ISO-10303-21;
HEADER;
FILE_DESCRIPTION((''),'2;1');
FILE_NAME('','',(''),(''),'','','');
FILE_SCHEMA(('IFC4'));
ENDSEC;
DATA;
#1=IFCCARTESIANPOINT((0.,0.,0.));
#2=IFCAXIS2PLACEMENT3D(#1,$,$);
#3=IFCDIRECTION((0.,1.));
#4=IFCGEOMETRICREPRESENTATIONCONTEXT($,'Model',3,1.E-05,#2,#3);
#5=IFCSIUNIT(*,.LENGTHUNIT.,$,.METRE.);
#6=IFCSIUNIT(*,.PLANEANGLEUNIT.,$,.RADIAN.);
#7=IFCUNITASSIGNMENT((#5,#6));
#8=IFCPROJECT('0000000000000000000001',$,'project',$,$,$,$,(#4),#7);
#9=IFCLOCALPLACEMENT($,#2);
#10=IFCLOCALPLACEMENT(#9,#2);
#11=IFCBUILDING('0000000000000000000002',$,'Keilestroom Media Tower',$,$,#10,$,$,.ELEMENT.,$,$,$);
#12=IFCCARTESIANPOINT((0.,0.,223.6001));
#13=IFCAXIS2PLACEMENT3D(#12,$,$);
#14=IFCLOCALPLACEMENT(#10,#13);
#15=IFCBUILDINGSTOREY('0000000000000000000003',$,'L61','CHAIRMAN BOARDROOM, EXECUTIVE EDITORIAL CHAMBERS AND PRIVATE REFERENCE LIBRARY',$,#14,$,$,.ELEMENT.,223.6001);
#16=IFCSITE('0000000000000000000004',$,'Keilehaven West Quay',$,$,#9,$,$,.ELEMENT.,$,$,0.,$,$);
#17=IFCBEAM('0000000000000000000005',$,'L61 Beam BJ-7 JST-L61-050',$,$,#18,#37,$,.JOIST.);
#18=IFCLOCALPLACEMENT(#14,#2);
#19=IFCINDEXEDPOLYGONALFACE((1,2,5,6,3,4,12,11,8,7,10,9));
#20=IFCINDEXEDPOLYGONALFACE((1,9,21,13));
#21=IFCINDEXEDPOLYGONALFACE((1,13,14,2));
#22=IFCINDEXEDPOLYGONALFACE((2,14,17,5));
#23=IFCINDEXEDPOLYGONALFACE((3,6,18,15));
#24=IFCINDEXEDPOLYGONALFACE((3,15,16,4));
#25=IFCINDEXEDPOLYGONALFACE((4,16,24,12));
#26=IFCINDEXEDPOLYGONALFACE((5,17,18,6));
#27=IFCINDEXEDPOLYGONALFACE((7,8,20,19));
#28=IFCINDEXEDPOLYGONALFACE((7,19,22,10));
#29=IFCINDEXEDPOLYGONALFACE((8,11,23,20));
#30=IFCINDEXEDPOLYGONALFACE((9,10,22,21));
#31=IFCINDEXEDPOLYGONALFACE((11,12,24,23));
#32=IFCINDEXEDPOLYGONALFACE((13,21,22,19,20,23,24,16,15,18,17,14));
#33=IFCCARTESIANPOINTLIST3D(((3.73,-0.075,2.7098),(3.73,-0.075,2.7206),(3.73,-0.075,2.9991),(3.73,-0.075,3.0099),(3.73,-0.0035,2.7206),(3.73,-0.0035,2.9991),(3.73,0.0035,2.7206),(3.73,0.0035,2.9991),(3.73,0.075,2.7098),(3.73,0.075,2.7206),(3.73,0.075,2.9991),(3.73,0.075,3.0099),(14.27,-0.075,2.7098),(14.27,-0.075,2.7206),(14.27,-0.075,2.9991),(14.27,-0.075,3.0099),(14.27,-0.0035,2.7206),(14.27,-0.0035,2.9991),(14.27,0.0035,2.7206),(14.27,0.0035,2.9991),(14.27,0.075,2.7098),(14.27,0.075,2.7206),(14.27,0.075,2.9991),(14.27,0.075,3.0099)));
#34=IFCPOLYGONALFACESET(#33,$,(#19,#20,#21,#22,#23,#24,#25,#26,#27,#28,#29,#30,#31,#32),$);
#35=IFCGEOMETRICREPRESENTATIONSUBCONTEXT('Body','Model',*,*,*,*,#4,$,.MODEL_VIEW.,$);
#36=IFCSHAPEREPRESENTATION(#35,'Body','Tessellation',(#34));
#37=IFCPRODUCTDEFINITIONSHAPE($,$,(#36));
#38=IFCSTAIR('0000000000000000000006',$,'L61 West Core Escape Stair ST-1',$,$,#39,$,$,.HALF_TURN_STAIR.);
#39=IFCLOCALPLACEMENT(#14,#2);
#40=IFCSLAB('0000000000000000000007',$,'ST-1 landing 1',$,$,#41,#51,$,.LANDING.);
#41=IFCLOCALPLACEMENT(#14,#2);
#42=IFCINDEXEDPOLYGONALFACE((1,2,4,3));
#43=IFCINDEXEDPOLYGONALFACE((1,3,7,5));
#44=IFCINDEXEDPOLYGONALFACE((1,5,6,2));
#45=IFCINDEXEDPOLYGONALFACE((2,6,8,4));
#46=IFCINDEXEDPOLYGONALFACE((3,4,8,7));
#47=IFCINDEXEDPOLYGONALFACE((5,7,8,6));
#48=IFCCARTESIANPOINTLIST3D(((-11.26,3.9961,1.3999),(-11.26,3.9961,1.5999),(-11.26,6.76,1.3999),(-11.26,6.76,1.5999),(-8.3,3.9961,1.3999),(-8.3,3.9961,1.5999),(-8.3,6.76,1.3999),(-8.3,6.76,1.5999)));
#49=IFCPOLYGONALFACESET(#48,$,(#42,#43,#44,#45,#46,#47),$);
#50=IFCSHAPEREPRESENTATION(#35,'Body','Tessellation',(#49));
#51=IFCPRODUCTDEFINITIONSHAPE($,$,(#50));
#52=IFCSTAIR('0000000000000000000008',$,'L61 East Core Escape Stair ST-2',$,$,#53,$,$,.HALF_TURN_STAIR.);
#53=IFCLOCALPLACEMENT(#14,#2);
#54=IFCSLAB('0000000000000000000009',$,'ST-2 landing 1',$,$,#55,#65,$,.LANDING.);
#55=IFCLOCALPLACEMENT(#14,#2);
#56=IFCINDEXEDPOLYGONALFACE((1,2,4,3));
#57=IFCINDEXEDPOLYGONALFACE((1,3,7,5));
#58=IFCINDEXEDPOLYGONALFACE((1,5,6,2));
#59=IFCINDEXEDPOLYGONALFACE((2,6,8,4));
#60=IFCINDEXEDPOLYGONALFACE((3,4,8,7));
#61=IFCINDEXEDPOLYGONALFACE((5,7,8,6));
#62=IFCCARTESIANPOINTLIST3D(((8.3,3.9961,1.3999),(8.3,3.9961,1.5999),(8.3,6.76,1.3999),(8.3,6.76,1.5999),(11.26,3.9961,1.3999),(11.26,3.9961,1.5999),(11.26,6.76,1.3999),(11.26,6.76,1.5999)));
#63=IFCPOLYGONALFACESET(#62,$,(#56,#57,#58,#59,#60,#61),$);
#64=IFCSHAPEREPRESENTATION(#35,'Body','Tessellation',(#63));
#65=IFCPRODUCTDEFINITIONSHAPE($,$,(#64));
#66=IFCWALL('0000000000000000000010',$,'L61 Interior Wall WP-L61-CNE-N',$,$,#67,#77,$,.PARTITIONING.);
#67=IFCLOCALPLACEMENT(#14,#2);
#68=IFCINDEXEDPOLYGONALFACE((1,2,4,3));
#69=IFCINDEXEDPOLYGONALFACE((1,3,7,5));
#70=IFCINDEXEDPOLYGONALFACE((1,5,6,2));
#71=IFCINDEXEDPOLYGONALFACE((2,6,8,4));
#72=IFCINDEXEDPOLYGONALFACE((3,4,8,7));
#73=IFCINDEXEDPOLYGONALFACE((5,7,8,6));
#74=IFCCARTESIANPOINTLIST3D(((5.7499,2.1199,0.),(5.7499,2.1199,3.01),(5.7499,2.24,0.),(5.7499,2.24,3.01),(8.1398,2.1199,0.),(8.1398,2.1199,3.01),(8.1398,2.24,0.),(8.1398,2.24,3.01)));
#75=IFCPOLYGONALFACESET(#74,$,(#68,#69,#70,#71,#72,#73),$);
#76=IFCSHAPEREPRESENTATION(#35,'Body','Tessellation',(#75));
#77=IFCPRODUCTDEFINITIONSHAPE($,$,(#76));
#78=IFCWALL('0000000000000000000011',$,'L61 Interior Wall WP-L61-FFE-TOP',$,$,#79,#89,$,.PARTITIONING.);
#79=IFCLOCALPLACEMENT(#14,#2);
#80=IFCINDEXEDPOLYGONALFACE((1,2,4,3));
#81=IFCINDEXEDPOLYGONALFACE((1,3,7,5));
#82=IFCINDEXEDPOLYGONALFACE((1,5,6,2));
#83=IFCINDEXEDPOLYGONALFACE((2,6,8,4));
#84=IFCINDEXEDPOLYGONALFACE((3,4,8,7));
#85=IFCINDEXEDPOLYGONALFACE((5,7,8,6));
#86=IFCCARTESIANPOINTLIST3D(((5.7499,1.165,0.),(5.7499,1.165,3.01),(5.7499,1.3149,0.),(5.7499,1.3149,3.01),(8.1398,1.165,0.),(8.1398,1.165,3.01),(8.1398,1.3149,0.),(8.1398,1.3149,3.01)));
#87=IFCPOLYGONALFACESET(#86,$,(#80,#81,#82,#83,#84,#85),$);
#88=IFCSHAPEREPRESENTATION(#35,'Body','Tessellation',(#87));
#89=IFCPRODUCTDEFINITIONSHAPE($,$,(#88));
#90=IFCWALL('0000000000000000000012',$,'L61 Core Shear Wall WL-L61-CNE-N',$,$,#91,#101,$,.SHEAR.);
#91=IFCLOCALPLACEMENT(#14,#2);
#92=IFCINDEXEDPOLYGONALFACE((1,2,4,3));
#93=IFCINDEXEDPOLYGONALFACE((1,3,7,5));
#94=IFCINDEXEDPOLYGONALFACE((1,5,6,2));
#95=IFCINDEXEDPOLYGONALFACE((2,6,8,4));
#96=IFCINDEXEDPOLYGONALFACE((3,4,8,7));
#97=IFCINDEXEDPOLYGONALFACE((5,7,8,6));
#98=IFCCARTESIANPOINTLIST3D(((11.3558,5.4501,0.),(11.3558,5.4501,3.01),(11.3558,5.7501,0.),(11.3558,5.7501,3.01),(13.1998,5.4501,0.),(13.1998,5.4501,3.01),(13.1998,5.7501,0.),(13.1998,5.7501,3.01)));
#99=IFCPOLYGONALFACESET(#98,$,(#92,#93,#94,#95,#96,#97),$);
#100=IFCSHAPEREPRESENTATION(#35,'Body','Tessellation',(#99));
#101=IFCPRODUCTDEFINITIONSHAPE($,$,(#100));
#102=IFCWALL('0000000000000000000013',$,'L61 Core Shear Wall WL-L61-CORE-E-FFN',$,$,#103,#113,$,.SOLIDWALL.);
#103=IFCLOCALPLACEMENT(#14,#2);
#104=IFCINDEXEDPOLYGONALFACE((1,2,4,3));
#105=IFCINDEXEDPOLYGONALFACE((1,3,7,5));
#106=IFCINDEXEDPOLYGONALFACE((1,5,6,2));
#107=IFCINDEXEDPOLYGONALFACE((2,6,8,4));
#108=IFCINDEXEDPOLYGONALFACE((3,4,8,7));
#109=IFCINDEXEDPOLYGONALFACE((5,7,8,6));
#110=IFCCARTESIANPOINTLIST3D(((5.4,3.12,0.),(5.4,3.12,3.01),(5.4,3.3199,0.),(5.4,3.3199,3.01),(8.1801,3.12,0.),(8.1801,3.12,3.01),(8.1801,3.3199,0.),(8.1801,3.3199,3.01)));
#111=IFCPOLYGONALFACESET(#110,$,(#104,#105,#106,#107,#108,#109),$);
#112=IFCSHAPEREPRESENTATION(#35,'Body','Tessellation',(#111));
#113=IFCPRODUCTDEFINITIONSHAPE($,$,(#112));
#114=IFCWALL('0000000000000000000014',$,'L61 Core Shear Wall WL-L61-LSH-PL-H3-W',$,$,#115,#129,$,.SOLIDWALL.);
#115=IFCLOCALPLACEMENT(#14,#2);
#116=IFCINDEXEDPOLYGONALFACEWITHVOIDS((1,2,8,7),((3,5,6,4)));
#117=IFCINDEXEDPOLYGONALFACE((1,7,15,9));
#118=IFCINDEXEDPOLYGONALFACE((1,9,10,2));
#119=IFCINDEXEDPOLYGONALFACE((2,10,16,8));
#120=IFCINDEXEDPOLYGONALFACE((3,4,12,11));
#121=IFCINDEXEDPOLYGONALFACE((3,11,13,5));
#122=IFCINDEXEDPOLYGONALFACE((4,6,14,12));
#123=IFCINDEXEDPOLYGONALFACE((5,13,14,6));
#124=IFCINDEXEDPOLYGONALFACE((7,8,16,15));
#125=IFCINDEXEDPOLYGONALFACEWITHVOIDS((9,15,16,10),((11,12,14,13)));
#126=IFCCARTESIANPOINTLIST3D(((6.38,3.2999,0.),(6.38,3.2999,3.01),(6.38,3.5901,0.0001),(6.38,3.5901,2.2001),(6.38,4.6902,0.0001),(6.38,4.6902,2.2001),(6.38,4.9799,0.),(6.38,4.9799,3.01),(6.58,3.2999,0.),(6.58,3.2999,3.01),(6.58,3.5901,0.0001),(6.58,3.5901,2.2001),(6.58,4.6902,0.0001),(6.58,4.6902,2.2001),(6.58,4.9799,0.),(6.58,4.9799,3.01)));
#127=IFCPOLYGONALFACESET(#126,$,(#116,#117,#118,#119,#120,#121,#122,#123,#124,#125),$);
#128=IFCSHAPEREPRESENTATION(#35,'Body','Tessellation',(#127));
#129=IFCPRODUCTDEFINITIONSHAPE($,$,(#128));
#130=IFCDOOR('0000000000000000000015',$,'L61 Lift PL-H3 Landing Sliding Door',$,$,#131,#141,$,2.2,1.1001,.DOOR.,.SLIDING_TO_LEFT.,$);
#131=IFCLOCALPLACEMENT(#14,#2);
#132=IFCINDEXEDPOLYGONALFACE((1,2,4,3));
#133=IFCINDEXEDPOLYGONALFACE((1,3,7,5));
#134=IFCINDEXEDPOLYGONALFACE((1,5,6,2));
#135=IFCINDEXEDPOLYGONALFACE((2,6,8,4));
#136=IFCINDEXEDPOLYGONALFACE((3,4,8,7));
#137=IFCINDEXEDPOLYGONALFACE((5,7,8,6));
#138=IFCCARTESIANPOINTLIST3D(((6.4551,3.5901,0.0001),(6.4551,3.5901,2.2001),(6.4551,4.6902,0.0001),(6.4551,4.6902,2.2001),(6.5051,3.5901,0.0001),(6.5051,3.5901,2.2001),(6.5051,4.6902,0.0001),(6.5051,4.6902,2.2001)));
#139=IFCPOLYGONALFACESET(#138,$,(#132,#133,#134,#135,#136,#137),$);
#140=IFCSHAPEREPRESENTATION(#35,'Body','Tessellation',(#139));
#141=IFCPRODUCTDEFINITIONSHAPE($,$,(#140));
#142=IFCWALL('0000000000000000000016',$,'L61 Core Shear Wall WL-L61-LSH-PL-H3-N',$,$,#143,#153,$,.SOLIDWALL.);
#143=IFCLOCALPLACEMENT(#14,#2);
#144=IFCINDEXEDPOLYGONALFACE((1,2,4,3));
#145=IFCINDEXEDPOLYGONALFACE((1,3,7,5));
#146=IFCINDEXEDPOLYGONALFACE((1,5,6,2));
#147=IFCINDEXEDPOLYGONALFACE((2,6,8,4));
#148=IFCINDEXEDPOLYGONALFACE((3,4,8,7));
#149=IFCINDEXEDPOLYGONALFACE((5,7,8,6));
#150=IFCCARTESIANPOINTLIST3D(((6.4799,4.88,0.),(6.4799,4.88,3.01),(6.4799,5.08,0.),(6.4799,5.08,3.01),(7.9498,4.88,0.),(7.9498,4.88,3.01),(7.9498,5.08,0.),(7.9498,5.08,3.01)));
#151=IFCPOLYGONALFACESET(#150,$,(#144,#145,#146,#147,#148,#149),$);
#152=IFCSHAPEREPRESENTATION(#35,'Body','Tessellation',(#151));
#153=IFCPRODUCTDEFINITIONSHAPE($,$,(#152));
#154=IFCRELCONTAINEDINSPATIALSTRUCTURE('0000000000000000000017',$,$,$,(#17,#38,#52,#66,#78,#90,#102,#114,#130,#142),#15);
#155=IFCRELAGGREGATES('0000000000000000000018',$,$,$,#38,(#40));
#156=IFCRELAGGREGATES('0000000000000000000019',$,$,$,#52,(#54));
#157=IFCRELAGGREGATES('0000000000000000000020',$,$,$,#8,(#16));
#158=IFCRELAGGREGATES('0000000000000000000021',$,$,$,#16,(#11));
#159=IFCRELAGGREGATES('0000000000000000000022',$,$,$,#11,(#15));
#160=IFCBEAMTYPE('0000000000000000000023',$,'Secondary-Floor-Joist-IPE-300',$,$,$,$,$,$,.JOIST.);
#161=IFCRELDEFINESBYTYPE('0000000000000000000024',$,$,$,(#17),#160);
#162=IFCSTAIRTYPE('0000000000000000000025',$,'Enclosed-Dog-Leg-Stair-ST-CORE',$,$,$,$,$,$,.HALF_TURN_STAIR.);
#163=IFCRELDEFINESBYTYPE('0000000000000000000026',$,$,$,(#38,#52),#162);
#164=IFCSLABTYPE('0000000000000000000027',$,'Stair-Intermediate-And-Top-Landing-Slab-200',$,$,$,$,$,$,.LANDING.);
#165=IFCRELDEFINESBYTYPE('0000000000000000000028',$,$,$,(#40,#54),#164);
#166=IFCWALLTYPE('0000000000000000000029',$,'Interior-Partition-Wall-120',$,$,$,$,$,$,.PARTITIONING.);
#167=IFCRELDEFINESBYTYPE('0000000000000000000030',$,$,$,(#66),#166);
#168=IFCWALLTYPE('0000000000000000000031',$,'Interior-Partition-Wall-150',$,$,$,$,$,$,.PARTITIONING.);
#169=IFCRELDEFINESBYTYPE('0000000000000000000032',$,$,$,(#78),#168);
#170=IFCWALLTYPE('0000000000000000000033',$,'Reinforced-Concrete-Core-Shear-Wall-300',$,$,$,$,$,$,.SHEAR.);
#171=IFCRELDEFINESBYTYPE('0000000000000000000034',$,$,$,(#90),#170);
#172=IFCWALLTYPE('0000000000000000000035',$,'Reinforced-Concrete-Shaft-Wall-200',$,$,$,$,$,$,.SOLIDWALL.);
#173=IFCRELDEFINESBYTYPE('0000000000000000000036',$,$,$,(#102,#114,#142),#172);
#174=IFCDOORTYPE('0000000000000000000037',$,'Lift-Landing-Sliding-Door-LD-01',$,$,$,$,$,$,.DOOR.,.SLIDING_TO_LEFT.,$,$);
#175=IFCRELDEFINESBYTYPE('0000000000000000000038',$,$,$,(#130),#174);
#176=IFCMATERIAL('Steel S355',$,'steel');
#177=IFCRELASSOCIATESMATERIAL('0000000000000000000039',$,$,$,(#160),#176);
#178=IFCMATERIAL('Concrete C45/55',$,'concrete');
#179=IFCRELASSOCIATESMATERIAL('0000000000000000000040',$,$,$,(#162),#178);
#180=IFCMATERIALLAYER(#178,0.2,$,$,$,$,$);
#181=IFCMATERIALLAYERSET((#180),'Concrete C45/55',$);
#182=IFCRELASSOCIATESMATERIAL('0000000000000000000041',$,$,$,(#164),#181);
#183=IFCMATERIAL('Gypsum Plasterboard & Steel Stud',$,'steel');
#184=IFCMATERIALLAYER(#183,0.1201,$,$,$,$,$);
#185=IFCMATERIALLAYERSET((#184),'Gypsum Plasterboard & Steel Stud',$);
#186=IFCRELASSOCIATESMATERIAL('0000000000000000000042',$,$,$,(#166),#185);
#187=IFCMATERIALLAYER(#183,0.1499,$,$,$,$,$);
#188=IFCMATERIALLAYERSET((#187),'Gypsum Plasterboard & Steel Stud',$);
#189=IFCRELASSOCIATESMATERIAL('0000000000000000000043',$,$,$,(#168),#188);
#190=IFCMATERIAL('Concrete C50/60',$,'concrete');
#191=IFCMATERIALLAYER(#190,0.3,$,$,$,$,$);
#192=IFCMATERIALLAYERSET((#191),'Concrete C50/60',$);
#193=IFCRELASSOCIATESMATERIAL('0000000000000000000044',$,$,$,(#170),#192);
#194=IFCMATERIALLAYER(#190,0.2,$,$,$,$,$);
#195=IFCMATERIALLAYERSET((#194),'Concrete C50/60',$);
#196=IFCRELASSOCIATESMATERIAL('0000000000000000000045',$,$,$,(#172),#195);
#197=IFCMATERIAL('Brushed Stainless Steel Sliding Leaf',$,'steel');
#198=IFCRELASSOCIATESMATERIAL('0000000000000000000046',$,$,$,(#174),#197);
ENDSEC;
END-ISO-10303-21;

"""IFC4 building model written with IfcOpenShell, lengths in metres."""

from ifc_helpers import new_model, si_unit, direction, frame, frame_2d, origin, origin_2d, place, context, subcontext, project, spatial, polyline, rectangle, i_section, outline, extrude, source, transform, mapped, material, layer, layer_set, material_profile, profile_set, type_object, element, fill, aggregate, save


model = new_model("IFC4")

# Units and contexts
model_context = context("Model", 3, precision=1e-05, world=origin(), true_north=direction((0.0, 1.0)))
body_context = subcontext(model_context, "Body", "Model", "MODEL_VIEW")
ifc_project = project(units=[si_unit("LENGTHUNIT", "METRE"), si_unit("PLANEANGLEUNIT", "RADIAN")], contexts=[model_context])

# Site, building, storey
site_placement = place(None, origin())
site = spatial("IfcSite", under=ifc_project, at=site_placement, Name="Keilehaven West Quay", CompositionType="ELEMENT", RefElevation=0.0)
building_placement = place(site_placement, origin())
building = spatial("IfcBuilding", under=site, at=building_placement, Name="Keilestroom Media Tower", CompositionType="ELEMENT")
storey_placement = place(building_placement, frame((0.0, 0.0, 223.6001)))
storey = spatial("IfcBuildingStorey", under=building, at=storey_placement, Name="L61", Description="CHAIRMAN BOARDROOM, EXECUTIVE EDITORIAL CHAMBERS AND PRIVATE REFERENCE LIBRARY", CompositionType="ELEMENT", Elevation=223.6001)

# Beam
ifc_material_1 = material(Name="Steel S355", Category="steel")
ifc_material_profile = material_profile(ifc_material_1, i_section(OverallWidth=0.1499, OverallDepth=0.3, WebThickness=0.0071, FlangeThickness=0.0107, at=origin_2d()), Name="IPE 300")
ifc_profile_set = profile_set([ifc_material_profile], Name="Steel S355")
beam_type = type_object("IfcBeamType", Name="Secondary-Floor-Joist-IPE-300", PredefinedType="JOIST", material=ifc_profile_set)
shared_shape_1 = source(origin(), body_context, "Body", "SweptSolid", [
    extrude(i_section(OverallWidth=0.1499, OverallDepth=0.3, WebThickness=0.0071, FlangeThickness=0.0107, at=origin_2d()), origin(), (0.0, 0.0, 1.0), 10.54),
])
beam_placement = place(storey_placement, frame((3.73, 0.0, 2.8599), z_axis=(1.0, 0.0, 0.0), x_axis=(0.0, 1.0, 0.0)))
element("IfcBeam", 1, at=beam_placement, inside=storey, type_object=beam_type, Name="L61 Beam BJ-7 JST-L61-050", PredefinedType="JOIST", context=body_context, shape_type="MappedRepresentation", body=[
    mapped(shared_shape_1, transform((0.0, 0.0, 0.0), x_axis=(1.0, 0.0, 0.0), y_axis=(0.0, 1.0, 0.0), z_axis=(0.0, 0.0, 1.0), scale=1.0)),
])

# Stairs, slabs
ifc_material_2 = material(Name="Concrete C45/55", Category="concrete")
stair_type = type_object("IfcStairType", Name="Enclosed-Dog-Leg-Stair-ST-CORE", PredefinedType="HALF_TURN_STAIR", material=ifc_material_2)
stair_1_placement = place(storey_placement, origin())
stair_1 = element("IfcStair", 2, at=stair_1_placement, inside=storey, type_object=stair_type, Name="L61 West Core Escape Stair ST-1", PredefinedType="HALF_TURN_STAIR")
ifc_layer_1 = layer(ifc_material_2, 0.2)
ifc_layer_set_1 = layer_set([ifc_layer_1], Name="Concrete C45/55")
slab_type = type_object("IfcSlabType", Name="Stair-Intermediate-And-Top-Landing-Slab-200", PredefinedType="LANDING", material=ifc_layer_set_1)
slab_1_placement = place(storey_placement, frame((0.0, 0.0, 1.3999)))
slab_1 = element("IfcSlab", 3, at=slab_1_placement, type_object=slab_type, Name="ST-1 landing 1", PredefinedType="LANDING", context=body_context, shape_type="SweptSolid", body=[
    extrude(outline(polyline([(-8.3, 3.9961), (-8.3, 6.76), (-11.26, 6.76), (-11.26, 3.9961), (-8.3, 3.9961)])), origin(), (0.0, 0.0, 1.0), 0.2),
])
aggregate(stair_1, [slab_1])
stair_2_placement = place(storey_placement, origin())
stair_2 = element("IfcStair", 4, at=stair_2_placement, inside=storey, type_object=stair_type, Name="L61 East Core Escape Stair ST-2", PredefinedType="HALF_TURN_STAIR")
slab_2_placement = place(storey_placement, frame((0.0, 0.0, 1.3999)))
slab_2 = element("IfcSlab", 5, at=slab_2_placement, type_object=slab_type, Name="ST-2 landing 1", PredefinedType="LANDING", context=body_context, shape_type="SweptSolid", body=[
    extrude(outline(polyline([(11.26, 3.9961), (11.26, 6.76), (8.3, 6.76), (8.3, 3.9961), (11.26, 3.9961)])), origin(), (0.0, 0.0, 1.0), 0.2),
])

# Walls
ifc_material_3 = material(Name="Gypsum Plasterboard & Steel Stud", Category="steel")
ifc_layer_2 = layer(ifc_material_3, 0.1201)
ifc_layer_set_2 = layer_set([ifc_layer_2], Name="Gypsum Plasterboard & Steel Stud")
wall_type_1 = type_object("IfcWallType", Name="Interior-Partition-Wall-120", PredefinedType="PARTITIONING", material=ifc_layer_set_2)
wall_1_placement = place(storey_placement, frame((5.75, 2.1799, 0.0), z_axis=(0.0, 0.0, 1.0), x_axis=(1.0, 0.0, 0.0)))
element("IfcWall", 6, at=wall_1_placement, inside=storey, type_object=wall_type_1, Name="L61 Interior Wall WP-L61-CNE-N", PredefinedType="PARTITIONING", context=body_context, shape_type="SweptSolid", body=[
    extrude(rectangle(XDim=2.3899, YDim=0.1201, at=frame_2d((1.1948, 0.0))), origin(), (0.0, 0.0, 1.0), 3.01),
])
ifc_layer_3 = layer(ifc_material_3, 0.1499)
ifc_layer_set_3 = layer_set([ifc_layer_3], Name="Gypsum Plasterboard & Steel Stud")
wall_type_2 = type_object("IfcWallType", Name="Interior-Partition-Wall-150", PredefinedType="PARTITIONING", material=ifc_layer_set_3)
wall_2_placement = place(storey_placement, frame((5.75, 1.24, 0.0), z_axis=(0.0, 0.0, 1.0), x_axis=(1.0, 0.0, 0.0)))
element("IfcWall", 7, at=wall_2_placement, inside=storey, type_object=wall_type_2, Name="L61 Interior Wall WP-L61-FFE-TOP", PredefinedType="PARTITIONING", context=body_context, shape_type="SweptSolid", body=[
    extrude(rectangle(XDim=2.3899, YDim=0.1499, at=frame_2d((1.1948, 0.0))), origin(), (0.0, 0.0, 1.0), 3.01),
])
ifc_material_4 = material(Name="Concrete C50/60", Category="concrete")
ifc_layer_4 = layer(ifc_material_4, 0.3)
ifc_layer_set_4 = layer_set([ifc_layer_4], Name="Concrete C50/60")
wall_type_3 = type_object("IfcWallType", Name="Reinforced-Concrete-Core-Shear-Wall-300", PredefinedType="SHEAR", material=ifc_layer_set_4)
wall_3_placement = place(storey_placement, frame((11.356, 5.6001, 0.0), z_axis=(0.0, 0.0, 1.0), x_axis=(1.0, 0.0, 0.0)))
element("IfcWall", 8, at=wall_3_placement, inside=storey, type_object=wall_type_3, Name="L61 Core Shear Wall WL-L61-CNE-N", PredefinedType="SHEAR", context=body_context, shape_type="SweptSolid", body=[
    extrude(rectangle(XDim=1.844, YDim=0.3, at=frame_2d((0.9219, 0.0))), origin(), (0.0, 0.0, 1.0), 3.01),
])
ifc_layer_5 = layer(ifc_material_4, 0.2)
ifc_layer_set_5 = layer_set([ifc_layer_5], Name="Concrete C50/60")
wall_type_4 = type_object("IfcWallType", Name="Reinforced-Concrete-Shaft-Wall-200", PredefinedType="SOLIDWALL", material=ifc_layer_set_5)
wall_4_placement = place(storey_placement, frame((5.3999, 3.22, 0.0), z_axis=(0.0, 0.0, 1.0), x_axis=(1.0, 0.0, 0.0)))
element("IfcWall", 9, at=wall_4_placement, inside=storey, type_object=wall_type_4, Name="L61 Core Shear Wall WL-L61-CORE-E-FFN", PredefinedType="SOLIDWALL", context=body_context, shape_type="SweptSolid", body=[
    extrude(rectangle(XDim=2.78, YDim=0.2, at=frame_2d((1.3901, 0.0))), origin(), (0.0, 0.0, 1.0), 3.01),
])

# Wall, opening, door
wall_5_placement = place(storey_placement, frame((6.48, 3.3, 0.0), z_axis=(0.0, 0.0, 1.0), x_axis=(0.0, 1.0, 0.0)))
wall_5 = element("IfcWall", 10, at=wall_5_placement, inside=storey, type_object=wall_type_4, Name="L61 Core Shear Wall WL-L61-LSH-PL-H3-W", PredefinedType="SOLIDWALL", context=body_context, shape_type="SweptSolid", body=[
    extrude(rectangle(XDim=1.6799, YDim=0.2, at=frame_2d((0.8398, 0.0))), origin(), (0.0, 0.0, 1.0), 3.01),
])
opening_1_placement = place(wall_5_placement, frame((0.29, 0.0, 0.0)))
opening_1 = element("IfcOpeningElement", 11, at=opening_1_placement, cuts=wall_5, PredefinedType="OPENING", context=body_context, shape_type="SweptSolid", body=[
    extrude(rectangle(XDim=1.1001, YDim=2.2, at=frame_2d((0.55, 1.1001))), frame((0.0, 0.1099, 0.0), z_axis=(0.0, -1.0, 0.0), x_axis=(1.0, 0.0, 0.0)), (0.0, 0.0, 1.0), 0.22),
])
ifc_material_5 = material(Name="Brushed Stainless Steel Sliding Leaf", Category="steel")
door_type = type_object("IfcDoorType", Name="Lift-Landing-Sliding-Door-LD-01", OperationType="SLIDING_TO_LEFT", PredefinedType="DOOR", material=ifc_material_5)
shared_shape_2 = source(origin(), body_context, "Body", "SweptSolid", [
    extrude(rectangle(XDim=1.1001, YDim=2.2, at=frame_2d((0.55, 1.1001))), frame((0.0, 0.0249, 0.0), z_axis=(0.0, -1.0, 0.0), x_axis=(1.0, 0.0, 0.0)), (0.0, 0.0, 1.0), 0.05),
])
door_1_placement = place(opening_1_placement, origin())
door_1 = element("IfcDoor", 12, at=door_1_placement, inside=storey, type_object=door_type, Name="L61 Lift PL-H3 Landing Sliding Door", OperationType="SLIDING_TO_LEFT", OverallHeight=2.2, OverallWidth=1.1001, PredefinedType="DOOR", context=body_context, shape_type="MappedRepresentation", body=[
    mapped(shared_shape_2, transform((0.0, 0.0, 0.0), x_axis=(1.0, 0.0, 0.0), y_axis=(0.0, 1.0, 0.0), z_axis=(0.0, 0.0, 1.0), scale=1.0)),
])
fill(opening_1, door_1)

# Wall
wall_6_placement = place(storey_placement, frame((6.48, 4.98, 0.0), z_axis=(0.0, 0.0, 1.0), x_axis=(1.0, 0.0, 0.0)))
element("IfcWall", 13, at=wall_6_placement, inside=storey, type_object=wall_type_4, Name="L61 Core Shear Wall WL-L61-LSH-PL-H3-N", PredefinedType="SOLIDWALL", context=body_context, shape_type="SweptSolid", body=[
    extrude(rectangle(XDim=1.47, YDim=0.2, at=frame_2d((0.7349, 0.0))), origin(), (0.0, 0.0, 1.0), 3.01),
])

aggregate(stair_2, [slab_2])

save(model, "model.ifc")
